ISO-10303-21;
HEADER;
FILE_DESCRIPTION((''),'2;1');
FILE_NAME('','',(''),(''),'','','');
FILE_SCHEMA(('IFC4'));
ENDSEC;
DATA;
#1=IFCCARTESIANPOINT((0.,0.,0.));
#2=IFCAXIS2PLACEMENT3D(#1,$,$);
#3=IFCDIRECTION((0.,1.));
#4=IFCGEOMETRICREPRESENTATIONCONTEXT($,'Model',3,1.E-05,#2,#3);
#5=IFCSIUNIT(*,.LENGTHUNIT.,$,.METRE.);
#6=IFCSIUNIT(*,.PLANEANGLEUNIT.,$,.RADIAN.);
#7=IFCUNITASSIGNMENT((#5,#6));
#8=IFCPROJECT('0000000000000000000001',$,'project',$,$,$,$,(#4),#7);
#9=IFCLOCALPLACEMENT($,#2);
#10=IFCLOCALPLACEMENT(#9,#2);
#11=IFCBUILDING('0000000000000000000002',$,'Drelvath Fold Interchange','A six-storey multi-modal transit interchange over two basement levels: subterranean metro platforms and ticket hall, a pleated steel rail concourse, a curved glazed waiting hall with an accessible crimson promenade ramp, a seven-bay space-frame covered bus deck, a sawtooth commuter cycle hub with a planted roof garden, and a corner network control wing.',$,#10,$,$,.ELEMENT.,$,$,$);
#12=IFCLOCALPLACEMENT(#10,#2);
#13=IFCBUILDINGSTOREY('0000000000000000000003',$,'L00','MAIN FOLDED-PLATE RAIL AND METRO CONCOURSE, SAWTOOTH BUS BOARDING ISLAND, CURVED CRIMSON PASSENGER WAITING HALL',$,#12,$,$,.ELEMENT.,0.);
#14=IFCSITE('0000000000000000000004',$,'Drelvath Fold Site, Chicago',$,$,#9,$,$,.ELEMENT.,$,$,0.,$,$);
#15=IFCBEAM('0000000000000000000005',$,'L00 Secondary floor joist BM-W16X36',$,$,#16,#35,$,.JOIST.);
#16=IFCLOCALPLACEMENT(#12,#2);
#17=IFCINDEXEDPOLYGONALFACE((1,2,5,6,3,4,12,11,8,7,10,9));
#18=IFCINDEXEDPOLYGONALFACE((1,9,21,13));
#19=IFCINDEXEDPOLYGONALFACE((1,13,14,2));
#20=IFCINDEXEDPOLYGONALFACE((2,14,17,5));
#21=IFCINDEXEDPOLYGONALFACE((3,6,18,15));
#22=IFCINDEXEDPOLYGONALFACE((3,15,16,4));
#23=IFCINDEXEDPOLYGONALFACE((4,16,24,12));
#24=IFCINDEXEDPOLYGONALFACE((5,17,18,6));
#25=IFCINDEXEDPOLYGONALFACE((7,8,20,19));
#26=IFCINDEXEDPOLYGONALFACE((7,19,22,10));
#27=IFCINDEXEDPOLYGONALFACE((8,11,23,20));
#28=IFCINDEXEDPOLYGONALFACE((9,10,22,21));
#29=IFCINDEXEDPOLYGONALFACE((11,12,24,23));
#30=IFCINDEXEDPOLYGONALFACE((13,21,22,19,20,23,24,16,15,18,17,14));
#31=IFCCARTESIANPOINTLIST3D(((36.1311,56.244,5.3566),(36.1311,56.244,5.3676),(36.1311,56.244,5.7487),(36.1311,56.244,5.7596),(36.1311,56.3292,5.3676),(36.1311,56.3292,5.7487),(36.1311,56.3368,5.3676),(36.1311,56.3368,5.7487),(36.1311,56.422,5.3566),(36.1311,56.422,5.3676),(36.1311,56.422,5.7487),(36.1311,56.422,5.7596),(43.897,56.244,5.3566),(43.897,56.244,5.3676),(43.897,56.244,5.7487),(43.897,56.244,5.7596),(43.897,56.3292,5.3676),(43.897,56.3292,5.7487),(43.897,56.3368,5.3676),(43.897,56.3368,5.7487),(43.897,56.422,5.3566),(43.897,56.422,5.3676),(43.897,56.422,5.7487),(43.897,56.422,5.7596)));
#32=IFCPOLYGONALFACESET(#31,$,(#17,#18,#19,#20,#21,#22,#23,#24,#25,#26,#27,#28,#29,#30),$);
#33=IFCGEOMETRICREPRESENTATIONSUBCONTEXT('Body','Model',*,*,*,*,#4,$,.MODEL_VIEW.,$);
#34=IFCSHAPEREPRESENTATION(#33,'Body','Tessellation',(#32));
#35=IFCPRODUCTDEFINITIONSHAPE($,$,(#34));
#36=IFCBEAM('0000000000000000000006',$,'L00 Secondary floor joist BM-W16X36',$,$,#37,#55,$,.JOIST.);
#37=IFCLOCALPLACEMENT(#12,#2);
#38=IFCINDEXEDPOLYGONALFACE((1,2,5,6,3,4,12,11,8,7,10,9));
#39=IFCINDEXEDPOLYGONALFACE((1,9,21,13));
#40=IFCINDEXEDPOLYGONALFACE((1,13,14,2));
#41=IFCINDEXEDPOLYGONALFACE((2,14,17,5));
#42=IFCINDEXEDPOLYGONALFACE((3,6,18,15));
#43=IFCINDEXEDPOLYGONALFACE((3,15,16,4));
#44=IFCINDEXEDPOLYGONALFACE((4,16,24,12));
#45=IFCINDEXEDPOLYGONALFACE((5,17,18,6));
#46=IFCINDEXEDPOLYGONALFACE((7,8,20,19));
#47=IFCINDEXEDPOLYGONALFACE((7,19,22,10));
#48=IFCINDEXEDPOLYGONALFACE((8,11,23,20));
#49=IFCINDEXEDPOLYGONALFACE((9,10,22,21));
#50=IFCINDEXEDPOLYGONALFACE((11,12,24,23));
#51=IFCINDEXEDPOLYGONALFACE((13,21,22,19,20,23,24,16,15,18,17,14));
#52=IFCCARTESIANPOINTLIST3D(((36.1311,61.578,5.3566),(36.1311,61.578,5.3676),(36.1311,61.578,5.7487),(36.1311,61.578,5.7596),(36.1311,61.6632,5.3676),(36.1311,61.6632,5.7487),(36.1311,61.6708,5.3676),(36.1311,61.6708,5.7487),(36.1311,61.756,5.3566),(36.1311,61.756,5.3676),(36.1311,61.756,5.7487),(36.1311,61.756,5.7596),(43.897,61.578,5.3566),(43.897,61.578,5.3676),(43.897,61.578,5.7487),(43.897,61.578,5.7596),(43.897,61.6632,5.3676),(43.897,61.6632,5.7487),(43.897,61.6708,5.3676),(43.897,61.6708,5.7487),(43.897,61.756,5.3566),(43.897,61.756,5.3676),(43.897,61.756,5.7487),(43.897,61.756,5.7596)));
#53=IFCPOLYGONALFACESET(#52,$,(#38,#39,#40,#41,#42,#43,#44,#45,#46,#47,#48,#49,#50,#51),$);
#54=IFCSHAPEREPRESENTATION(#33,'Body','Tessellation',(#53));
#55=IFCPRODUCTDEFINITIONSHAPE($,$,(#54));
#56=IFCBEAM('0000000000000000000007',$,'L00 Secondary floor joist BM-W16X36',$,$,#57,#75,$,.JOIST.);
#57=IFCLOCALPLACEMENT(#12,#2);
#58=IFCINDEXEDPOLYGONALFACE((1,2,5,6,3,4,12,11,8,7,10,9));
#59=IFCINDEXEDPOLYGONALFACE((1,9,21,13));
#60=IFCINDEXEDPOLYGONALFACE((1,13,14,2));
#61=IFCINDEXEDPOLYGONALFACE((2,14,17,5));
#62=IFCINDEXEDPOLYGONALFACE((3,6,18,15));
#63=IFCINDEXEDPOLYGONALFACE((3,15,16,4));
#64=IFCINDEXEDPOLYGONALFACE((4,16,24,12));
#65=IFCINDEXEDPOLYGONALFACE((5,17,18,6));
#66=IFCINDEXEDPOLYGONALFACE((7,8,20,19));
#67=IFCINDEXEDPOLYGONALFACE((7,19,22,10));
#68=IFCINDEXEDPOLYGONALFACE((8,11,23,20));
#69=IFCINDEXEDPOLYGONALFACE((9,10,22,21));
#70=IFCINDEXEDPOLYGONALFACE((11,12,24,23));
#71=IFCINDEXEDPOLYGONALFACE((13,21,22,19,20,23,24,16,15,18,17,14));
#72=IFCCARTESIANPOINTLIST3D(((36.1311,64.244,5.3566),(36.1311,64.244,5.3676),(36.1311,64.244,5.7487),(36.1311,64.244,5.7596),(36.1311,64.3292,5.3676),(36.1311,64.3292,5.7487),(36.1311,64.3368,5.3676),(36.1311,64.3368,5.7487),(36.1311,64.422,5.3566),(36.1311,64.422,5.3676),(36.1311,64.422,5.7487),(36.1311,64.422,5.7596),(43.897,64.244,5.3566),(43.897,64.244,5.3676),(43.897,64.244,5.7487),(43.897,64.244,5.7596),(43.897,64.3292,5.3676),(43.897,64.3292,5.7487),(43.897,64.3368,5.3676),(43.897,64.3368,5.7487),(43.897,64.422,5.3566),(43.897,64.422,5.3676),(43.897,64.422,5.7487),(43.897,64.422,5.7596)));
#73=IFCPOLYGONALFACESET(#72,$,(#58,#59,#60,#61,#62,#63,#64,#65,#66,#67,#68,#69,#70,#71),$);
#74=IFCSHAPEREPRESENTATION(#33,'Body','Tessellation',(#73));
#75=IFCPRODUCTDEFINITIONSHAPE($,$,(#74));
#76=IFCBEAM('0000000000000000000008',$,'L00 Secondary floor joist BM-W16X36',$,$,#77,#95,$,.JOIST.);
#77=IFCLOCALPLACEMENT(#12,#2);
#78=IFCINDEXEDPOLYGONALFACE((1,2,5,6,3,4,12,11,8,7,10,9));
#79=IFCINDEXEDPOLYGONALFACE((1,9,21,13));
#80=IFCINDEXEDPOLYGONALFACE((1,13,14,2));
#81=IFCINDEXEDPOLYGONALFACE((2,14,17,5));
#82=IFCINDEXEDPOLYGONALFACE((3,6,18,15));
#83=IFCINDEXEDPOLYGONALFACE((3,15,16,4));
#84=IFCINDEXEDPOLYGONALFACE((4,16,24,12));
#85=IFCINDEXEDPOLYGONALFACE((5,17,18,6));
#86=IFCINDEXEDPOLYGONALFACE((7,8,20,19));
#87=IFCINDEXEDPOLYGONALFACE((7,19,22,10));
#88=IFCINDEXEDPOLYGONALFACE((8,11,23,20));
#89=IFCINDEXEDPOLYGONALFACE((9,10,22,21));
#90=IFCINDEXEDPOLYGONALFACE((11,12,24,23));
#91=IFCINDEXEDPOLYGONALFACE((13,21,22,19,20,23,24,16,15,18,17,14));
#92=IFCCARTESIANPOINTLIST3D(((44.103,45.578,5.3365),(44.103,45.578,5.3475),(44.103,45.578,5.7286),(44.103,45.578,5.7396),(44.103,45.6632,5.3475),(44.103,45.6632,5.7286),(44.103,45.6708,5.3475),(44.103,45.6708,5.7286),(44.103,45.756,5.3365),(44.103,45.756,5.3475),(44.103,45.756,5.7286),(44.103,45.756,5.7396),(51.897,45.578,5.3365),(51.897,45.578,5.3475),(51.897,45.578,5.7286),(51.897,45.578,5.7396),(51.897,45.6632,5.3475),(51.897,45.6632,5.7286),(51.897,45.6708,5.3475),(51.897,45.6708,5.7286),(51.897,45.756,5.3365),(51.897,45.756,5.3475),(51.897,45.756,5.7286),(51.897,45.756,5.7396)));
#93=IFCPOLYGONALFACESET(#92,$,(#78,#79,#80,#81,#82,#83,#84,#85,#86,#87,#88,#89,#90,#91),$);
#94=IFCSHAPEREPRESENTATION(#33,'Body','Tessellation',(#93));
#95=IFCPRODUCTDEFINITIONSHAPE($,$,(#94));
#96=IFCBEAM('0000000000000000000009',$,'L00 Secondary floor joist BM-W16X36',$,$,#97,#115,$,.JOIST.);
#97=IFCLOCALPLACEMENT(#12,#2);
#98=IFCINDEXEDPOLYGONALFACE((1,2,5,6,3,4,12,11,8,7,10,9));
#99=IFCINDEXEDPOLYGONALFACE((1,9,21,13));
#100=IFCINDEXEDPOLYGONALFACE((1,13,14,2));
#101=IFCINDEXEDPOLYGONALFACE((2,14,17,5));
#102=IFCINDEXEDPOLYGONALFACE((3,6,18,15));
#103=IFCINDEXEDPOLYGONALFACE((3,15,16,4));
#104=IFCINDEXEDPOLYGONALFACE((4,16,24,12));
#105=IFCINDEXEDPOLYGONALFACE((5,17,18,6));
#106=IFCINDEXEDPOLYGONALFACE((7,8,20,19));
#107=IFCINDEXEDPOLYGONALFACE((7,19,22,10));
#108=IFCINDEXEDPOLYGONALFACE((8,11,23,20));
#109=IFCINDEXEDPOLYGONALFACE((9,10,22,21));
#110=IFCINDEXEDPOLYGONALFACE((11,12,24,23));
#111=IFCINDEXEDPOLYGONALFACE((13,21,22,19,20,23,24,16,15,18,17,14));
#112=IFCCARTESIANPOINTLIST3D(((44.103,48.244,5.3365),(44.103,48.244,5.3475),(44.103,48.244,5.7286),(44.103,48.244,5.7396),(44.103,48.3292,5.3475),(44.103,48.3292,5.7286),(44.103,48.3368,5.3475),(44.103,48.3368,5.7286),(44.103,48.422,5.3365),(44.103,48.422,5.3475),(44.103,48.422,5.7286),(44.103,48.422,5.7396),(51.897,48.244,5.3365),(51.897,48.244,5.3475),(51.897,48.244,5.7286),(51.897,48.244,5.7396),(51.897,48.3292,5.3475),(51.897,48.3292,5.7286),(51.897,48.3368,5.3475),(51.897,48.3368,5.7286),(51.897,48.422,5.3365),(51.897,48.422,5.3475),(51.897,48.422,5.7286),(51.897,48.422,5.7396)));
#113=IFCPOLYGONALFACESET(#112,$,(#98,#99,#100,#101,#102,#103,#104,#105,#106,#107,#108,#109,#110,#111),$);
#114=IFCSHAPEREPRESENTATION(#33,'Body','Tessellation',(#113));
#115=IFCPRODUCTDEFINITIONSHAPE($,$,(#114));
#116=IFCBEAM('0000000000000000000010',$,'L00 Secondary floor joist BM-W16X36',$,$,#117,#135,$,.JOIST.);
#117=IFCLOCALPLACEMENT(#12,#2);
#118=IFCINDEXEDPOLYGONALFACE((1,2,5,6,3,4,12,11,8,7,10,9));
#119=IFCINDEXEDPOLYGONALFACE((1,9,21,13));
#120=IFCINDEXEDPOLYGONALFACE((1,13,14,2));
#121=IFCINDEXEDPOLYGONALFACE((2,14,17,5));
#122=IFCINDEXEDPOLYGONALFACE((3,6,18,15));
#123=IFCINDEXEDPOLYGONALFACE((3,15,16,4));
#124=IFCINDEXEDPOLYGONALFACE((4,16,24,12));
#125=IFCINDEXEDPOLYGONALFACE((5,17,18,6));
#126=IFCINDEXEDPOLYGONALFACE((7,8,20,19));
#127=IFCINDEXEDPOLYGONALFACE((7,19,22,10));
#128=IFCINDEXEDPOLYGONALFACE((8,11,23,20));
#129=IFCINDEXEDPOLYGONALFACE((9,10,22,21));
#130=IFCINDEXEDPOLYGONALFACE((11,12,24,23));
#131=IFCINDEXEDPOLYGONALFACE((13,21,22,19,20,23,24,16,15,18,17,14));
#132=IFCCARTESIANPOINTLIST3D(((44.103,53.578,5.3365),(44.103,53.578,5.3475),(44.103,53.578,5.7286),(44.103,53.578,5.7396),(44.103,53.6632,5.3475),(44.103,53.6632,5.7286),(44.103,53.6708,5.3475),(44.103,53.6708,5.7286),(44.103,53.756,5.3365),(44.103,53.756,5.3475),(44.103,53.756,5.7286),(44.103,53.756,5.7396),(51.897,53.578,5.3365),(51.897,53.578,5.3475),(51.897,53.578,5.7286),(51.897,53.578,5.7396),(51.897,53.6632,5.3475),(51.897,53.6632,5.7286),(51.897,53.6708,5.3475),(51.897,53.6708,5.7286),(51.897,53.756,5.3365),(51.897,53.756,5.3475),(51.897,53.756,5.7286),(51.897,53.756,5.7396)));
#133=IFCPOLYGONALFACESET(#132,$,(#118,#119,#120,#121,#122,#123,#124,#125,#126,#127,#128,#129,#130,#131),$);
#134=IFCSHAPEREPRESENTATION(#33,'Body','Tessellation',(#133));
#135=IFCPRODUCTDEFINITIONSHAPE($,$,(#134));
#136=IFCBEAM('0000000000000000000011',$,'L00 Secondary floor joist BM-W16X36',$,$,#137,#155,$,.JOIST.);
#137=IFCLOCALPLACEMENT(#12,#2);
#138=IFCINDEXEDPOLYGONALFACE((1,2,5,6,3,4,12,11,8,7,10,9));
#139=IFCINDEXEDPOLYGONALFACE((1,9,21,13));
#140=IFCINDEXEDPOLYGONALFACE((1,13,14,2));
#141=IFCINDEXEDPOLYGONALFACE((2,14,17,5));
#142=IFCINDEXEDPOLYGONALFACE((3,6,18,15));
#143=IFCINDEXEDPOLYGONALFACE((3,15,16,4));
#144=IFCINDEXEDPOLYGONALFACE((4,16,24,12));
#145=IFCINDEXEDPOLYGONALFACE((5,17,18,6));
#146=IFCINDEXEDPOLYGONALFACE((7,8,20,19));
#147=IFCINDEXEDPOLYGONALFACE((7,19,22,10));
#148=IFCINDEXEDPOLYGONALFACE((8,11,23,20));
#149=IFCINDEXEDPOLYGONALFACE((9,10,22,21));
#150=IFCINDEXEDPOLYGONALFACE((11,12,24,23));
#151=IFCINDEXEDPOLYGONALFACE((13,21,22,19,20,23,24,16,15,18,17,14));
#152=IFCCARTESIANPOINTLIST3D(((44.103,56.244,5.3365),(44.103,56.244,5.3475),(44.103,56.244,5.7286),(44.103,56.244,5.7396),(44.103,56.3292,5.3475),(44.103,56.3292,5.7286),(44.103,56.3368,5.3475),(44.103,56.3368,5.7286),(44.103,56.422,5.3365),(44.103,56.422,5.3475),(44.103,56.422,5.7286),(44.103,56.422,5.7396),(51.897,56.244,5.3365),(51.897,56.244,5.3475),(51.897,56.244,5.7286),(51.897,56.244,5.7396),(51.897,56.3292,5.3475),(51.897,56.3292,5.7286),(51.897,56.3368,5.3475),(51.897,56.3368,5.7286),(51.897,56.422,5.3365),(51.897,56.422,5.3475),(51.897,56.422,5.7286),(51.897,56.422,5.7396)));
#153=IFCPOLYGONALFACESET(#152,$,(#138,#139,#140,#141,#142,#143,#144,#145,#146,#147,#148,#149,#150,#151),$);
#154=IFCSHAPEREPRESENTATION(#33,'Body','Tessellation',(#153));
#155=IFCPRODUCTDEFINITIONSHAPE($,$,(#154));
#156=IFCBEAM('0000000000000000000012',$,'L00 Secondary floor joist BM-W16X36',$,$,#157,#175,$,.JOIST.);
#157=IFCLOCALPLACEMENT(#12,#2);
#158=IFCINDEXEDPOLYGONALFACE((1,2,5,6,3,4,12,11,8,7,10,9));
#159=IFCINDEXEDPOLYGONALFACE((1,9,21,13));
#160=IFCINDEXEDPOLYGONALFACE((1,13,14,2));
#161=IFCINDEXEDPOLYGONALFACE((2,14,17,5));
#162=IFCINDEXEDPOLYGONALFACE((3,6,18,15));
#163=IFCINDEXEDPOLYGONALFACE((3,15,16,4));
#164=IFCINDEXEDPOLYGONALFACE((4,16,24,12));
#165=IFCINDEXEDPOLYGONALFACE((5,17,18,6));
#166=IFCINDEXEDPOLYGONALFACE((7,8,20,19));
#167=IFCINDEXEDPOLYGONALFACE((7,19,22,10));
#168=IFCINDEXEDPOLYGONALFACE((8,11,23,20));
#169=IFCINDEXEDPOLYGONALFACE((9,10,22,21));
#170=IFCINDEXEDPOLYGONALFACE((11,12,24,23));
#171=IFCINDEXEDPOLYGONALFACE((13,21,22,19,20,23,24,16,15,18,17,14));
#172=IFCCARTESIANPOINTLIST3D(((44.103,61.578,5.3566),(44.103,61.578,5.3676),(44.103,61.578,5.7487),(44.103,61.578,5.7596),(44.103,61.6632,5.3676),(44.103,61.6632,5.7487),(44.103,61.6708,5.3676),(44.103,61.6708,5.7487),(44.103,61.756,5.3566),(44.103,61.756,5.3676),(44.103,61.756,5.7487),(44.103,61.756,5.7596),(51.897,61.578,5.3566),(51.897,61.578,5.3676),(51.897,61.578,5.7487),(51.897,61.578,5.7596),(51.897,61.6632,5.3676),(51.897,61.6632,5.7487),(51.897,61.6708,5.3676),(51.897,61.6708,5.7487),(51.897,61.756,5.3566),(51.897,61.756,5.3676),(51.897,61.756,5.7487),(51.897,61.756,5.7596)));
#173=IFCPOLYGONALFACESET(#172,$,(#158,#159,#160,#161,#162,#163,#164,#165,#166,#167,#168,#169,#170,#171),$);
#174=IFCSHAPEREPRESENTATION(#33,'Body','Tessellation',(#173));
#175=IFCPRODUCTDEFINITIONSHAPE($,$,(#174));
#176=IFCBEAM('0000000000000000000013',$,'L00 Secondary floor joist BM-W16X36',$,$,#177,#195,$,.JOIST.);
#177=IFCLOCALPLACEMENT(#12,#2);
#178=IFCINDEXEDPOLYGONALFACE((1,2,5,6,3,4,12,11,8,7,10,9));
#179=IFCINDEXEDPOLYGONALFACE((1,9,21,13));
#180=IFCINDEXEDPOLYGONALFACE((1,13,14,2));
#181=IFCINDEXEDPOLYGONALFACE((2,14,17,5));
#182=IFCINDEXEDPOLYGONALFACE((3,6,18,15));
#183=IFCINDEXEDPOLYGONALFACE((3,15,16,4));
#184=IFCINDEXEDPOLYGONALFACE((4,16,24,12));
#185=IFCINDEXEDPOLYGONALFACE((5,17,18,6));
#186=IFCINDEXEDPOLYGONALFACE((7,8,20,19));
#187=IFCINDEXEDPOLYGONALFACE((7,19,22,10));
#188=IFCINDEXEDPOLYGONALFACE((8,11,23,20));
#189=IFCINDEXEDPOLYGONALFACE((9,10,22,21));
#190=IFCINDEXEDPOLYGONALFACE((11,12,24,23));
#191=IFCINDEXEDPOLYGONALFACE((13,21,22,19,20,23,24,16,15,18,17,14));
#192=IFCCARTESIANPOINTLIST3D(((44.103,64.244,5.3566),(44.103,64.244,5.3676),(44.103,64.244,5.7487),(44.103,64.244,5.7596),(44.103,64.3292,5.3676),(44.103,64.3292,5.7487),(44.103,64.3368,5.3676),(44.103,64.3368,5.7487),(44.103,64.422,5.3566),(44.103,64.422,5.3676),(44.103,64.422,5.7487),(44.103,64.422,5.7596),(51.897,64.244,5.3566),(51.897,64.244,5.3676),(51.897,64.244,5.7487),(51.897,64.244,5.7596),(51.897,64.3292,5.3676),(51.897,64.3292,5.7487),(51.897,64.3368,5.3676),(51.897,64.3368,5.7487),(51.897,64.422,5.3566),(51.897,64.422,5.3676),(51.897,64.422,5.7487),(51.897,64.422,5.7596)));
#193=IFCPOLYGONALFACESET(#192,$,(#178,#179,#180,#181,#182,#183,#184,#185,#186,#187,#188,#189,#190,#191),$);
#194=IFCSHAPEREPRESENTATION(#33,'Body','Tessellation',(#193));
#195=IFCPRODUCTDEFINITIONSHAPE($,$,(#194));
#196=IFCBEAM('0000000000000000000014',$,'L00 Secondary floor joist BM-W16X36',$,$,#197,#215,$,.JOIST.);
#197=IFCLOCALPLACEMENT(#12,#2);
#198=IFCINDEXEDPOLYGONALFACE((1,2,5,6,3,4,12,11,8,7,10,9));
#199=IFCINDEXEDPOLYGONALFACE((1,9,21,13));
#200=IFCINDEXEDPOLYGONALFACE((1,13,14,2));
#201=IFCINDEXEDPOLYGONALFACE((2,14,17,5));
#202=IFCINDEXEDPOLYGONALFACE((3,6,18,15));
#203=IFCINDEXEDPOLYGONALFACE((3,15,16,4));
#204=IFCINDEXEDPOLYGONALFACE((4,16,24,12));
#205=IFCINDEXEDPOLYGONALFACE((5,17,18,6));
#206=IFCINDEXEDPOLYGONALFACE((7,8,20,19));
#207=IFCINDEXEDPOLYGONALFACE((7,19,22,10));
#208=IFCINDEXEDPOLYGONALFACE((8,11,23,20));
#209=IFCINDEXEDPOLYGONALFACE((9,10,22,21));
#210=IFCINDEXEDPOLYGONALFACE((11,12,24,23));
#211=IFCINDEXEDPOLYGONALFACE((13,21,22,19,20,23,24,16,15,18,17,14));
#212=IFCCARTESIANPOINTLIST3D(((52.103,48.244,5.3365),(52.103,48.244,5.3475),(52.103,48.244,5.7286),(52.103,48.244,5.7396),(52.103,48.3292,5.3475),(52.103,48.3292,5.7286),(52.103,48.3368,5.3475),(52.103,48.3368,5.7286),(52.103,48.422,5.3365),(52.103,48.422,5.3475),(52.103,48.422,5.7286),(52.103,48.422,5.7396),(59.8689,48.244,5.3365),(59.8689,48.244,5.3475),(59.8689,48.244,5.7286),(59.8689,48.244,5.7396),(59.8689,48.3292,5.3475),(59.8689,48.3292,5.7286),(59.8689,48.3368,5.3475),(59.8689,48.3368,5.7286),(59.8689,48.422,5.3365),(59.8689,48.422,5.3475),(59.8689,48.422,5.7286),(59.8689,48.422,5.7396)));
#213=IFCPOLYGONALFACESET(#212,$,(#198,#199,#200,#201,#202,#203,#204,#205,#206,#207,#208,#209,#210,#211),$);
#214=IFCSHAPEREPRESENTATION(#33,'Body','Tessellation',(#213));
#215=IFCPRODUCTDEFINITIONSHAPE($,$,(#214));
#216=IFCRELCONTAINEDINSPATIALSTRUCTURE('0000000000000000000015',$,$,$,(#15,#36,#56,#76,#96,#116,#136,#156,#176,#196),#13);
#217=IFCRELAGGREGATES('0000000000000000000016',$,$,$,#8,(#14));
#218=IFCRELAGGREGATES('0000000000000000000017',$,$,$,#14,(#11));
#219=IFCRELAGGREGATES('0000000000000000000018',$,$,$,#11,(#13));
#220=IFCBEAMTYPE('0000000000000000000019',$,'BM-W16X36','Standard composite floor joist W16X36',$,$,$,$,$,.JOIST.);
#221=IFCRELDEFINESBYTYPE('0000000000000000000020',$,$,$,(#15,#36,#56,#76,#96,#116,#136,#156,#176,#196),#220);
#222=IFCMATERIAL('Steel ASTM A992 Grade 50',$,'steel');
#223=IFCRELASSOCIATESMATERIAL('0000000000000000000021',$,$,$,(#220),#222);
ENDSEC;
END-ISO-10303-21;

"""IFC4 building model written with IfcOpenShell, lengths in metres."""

from ifc_helpers import new_model, si_unit, direction, frame, origin, origin_2d, place, context, subcontext, project, spatial, i_section, extrude, material, material_profile, profile_set, type_object, element, save


model = new_model("IFC4")

# Units and contexts
model_context = context("Model", 3, precision=1e-05, world=origin(), true_north=direction((0.0, 1.0)))
body_context = subcontext(model_context, "Body", "Model", "MODEL_VIEW")
ifc_project = project(units=[si_unit("LENGTHUNIT", "METRE"), si_unit("PLANEANGLEUNIT", "RADIAN")], contexts=[model_context])

# Site, building, storey
site_placement = place(None, origin())
site = spatial("IfcSite", under=ifc_project, at=site_placement, Name="Drelvath Fold Site, Chicago", CompositionType="ELEMENT", RefElevation=0.0)
building_placement = place(site_placement, origin())
building = spatial("IfcBuilding", under=site, at=building_placement, Name="Drelvath Fold Interchange", Description="A six-storey multi-modal transit interchange over two basement levels: subterranean metro platforms and ticket hall, a pleated steel rail concourse, a curved glazed waiting hall with an accessible crimson promenade ramp, a seven-bay space-frame covered bus deck, a sawtooth commuter cycle hub with a planted roof garden, and a corner network control wing.", CompositionType="ELEMENT")
storey_placement = place(building_placement, origin())
storey = spatial("IfcBuildingStorey", under=building, at=storey_placement, Name="L00", Description="MAIN FOLDED-PLATE RAIL AND METRO CONCOURSE, SAWTOOTH BUS BOARDING ISLAND, CURVED CRIMSON PASSENGER WAITING HALL", CompositionType="ELEMENT", Elevation=0.0)

# Shared definitions
ifc_material_1 = material(Name="Steel ASTM A992 Grade 50", Category="steel")

# Beams
ifc_material_profile_1 = material_profile(ifc_material_1, i_section(OverallWidth=0.178, OverallDepth=0.4031, WebThickness=0.0076, FlangeThickness=0.011, at=origin_2d()), Name="W16X36")
ifc_profile_set_1 = profile_set([ifc_material_profile_1], Name="Steel ASTM A992 Grade 50")
beam_type_1 = type_object("IfcBeamType", Name="BM-W16X36", Description="Standard composite floor joist W16X36", PredefinedType="JOIST", material=ifc_profile_set_1)
for number, where, z_axis, x_axis, name in (
    (1, (36.1311, 56.333, 5.5581), (1.0, 0.0, 0.0), (0.0, 1.0, 0.0), "L00 Secondary floor joist BM-W16X36"),
    (2, (36.1311, 61.667, 5.5581), (1.0, 0.0, 0.0), (0.0, 1.0, 0.0), "L00 Secondary floor joist BM-W16X36"),
    (3, (36.1311, 64.333, 5.5581), (1.0, 0.0, 0.0), (0.0, 1.0, 0.0), "L00 Secondary floor joist BM-W16X36"),
):
    element("IfcBeam", number, at=place(storey_placement, frame(where, z_axis=z_axis, x_axis=x_axis)), inside=storey, type_object=beam_type_1, Name=name, PredefinedType="JOIST", context=body_context, shape_type="SweptSolid", body=[
        extrude(i_section(OverallWidth=0.178, OverallDepth=0.4031, WebThickness=0.0076, FlangeThickness=0.011, at=origin_2d()), origin(), (0.0, 0.0, 1.0), 7.7659),
    ])
for number, where, z_axis, x_axis, name in (
    (4, (44.103, 45.667, 5.5381), (1.0, 0.0, 0.0), (0.0, 1.0, 0.0), "L00 Secondary floor joist BM-W16X36"),
    (5, (44.103, 48.333, 5.5381), (1.0, 0.0, 0.0), (0.0, 1.0, 0.0), "L00 Secondary floor joist BM-W16X36"),
    (6, (44.103, 53.667, 5.5381), (1.0, 0.0, 0.0), (0.0, 1.0, 0.0), "L00 Secondary floor joist BM-W16X36"),
    (7, (44.103, 56.333, 5.5381), (1.0, 0.0, 0.0), (0.0, 1.0, 0.0), "L00 Secondary floor joist BM-W16X36"),
    (8, (44.103, 61.667, 5.5581), (1.0, 0.0, 0.0), (0.0, 1.0, 0.0), "L00 Secondary floor joist BM-W16X36"),
    (9, (44.103, 64.333, 5.5581), (1.0, 0.0, 0.0), (0.0, 1.0, 0.0), "L00 Secondary floor joist BM-W16X36"),
):
    element("IfcBeam", number, at=place(storey_placement, frame(where, z_axis=z_axis, x_axis=x_axis)), inside=storey, type_object=beam_type_1, Name=name, PredefinedType="JOIST", context=body_context, shape_type="SweptSolid", body=[
        extrude(i_section(OverallWidth=0.178, OverallDepth=0.4031, WebThickness=0.0076, FlangeThickness=0.011, at=origin_2d()), origin(), (0.0, 0.0, 1.0), 7.7939),
    ])
for number, where, z_axis, x_axis, name in (
    (10, (52.103, 48.333, 5.5381), (1.0, 0.0, 0.0), (0.0, 1.0, 0.0), "L00 Secondary floor joist BM-W16X36"),
):
    element("IfcBeam", number, at=place(storey_placement, frame(where, z_axis=z_axis, x_axis=x_axis)), inside=storey, type_object=beam_type_1, Name=name, PredefinedType="JOIST", context=body_context, shape_type="SweptSolid", body=[
        extrude(i_section(OverallWidth=0.178, OverallDepth=0.4031, WebThickness=0.0076, FlangeThickness=0.011, at=origin_2d()), origin(), (0.0, 0.0, 1.0), 7.7659),
    ])

save(model, "model.ifc")
